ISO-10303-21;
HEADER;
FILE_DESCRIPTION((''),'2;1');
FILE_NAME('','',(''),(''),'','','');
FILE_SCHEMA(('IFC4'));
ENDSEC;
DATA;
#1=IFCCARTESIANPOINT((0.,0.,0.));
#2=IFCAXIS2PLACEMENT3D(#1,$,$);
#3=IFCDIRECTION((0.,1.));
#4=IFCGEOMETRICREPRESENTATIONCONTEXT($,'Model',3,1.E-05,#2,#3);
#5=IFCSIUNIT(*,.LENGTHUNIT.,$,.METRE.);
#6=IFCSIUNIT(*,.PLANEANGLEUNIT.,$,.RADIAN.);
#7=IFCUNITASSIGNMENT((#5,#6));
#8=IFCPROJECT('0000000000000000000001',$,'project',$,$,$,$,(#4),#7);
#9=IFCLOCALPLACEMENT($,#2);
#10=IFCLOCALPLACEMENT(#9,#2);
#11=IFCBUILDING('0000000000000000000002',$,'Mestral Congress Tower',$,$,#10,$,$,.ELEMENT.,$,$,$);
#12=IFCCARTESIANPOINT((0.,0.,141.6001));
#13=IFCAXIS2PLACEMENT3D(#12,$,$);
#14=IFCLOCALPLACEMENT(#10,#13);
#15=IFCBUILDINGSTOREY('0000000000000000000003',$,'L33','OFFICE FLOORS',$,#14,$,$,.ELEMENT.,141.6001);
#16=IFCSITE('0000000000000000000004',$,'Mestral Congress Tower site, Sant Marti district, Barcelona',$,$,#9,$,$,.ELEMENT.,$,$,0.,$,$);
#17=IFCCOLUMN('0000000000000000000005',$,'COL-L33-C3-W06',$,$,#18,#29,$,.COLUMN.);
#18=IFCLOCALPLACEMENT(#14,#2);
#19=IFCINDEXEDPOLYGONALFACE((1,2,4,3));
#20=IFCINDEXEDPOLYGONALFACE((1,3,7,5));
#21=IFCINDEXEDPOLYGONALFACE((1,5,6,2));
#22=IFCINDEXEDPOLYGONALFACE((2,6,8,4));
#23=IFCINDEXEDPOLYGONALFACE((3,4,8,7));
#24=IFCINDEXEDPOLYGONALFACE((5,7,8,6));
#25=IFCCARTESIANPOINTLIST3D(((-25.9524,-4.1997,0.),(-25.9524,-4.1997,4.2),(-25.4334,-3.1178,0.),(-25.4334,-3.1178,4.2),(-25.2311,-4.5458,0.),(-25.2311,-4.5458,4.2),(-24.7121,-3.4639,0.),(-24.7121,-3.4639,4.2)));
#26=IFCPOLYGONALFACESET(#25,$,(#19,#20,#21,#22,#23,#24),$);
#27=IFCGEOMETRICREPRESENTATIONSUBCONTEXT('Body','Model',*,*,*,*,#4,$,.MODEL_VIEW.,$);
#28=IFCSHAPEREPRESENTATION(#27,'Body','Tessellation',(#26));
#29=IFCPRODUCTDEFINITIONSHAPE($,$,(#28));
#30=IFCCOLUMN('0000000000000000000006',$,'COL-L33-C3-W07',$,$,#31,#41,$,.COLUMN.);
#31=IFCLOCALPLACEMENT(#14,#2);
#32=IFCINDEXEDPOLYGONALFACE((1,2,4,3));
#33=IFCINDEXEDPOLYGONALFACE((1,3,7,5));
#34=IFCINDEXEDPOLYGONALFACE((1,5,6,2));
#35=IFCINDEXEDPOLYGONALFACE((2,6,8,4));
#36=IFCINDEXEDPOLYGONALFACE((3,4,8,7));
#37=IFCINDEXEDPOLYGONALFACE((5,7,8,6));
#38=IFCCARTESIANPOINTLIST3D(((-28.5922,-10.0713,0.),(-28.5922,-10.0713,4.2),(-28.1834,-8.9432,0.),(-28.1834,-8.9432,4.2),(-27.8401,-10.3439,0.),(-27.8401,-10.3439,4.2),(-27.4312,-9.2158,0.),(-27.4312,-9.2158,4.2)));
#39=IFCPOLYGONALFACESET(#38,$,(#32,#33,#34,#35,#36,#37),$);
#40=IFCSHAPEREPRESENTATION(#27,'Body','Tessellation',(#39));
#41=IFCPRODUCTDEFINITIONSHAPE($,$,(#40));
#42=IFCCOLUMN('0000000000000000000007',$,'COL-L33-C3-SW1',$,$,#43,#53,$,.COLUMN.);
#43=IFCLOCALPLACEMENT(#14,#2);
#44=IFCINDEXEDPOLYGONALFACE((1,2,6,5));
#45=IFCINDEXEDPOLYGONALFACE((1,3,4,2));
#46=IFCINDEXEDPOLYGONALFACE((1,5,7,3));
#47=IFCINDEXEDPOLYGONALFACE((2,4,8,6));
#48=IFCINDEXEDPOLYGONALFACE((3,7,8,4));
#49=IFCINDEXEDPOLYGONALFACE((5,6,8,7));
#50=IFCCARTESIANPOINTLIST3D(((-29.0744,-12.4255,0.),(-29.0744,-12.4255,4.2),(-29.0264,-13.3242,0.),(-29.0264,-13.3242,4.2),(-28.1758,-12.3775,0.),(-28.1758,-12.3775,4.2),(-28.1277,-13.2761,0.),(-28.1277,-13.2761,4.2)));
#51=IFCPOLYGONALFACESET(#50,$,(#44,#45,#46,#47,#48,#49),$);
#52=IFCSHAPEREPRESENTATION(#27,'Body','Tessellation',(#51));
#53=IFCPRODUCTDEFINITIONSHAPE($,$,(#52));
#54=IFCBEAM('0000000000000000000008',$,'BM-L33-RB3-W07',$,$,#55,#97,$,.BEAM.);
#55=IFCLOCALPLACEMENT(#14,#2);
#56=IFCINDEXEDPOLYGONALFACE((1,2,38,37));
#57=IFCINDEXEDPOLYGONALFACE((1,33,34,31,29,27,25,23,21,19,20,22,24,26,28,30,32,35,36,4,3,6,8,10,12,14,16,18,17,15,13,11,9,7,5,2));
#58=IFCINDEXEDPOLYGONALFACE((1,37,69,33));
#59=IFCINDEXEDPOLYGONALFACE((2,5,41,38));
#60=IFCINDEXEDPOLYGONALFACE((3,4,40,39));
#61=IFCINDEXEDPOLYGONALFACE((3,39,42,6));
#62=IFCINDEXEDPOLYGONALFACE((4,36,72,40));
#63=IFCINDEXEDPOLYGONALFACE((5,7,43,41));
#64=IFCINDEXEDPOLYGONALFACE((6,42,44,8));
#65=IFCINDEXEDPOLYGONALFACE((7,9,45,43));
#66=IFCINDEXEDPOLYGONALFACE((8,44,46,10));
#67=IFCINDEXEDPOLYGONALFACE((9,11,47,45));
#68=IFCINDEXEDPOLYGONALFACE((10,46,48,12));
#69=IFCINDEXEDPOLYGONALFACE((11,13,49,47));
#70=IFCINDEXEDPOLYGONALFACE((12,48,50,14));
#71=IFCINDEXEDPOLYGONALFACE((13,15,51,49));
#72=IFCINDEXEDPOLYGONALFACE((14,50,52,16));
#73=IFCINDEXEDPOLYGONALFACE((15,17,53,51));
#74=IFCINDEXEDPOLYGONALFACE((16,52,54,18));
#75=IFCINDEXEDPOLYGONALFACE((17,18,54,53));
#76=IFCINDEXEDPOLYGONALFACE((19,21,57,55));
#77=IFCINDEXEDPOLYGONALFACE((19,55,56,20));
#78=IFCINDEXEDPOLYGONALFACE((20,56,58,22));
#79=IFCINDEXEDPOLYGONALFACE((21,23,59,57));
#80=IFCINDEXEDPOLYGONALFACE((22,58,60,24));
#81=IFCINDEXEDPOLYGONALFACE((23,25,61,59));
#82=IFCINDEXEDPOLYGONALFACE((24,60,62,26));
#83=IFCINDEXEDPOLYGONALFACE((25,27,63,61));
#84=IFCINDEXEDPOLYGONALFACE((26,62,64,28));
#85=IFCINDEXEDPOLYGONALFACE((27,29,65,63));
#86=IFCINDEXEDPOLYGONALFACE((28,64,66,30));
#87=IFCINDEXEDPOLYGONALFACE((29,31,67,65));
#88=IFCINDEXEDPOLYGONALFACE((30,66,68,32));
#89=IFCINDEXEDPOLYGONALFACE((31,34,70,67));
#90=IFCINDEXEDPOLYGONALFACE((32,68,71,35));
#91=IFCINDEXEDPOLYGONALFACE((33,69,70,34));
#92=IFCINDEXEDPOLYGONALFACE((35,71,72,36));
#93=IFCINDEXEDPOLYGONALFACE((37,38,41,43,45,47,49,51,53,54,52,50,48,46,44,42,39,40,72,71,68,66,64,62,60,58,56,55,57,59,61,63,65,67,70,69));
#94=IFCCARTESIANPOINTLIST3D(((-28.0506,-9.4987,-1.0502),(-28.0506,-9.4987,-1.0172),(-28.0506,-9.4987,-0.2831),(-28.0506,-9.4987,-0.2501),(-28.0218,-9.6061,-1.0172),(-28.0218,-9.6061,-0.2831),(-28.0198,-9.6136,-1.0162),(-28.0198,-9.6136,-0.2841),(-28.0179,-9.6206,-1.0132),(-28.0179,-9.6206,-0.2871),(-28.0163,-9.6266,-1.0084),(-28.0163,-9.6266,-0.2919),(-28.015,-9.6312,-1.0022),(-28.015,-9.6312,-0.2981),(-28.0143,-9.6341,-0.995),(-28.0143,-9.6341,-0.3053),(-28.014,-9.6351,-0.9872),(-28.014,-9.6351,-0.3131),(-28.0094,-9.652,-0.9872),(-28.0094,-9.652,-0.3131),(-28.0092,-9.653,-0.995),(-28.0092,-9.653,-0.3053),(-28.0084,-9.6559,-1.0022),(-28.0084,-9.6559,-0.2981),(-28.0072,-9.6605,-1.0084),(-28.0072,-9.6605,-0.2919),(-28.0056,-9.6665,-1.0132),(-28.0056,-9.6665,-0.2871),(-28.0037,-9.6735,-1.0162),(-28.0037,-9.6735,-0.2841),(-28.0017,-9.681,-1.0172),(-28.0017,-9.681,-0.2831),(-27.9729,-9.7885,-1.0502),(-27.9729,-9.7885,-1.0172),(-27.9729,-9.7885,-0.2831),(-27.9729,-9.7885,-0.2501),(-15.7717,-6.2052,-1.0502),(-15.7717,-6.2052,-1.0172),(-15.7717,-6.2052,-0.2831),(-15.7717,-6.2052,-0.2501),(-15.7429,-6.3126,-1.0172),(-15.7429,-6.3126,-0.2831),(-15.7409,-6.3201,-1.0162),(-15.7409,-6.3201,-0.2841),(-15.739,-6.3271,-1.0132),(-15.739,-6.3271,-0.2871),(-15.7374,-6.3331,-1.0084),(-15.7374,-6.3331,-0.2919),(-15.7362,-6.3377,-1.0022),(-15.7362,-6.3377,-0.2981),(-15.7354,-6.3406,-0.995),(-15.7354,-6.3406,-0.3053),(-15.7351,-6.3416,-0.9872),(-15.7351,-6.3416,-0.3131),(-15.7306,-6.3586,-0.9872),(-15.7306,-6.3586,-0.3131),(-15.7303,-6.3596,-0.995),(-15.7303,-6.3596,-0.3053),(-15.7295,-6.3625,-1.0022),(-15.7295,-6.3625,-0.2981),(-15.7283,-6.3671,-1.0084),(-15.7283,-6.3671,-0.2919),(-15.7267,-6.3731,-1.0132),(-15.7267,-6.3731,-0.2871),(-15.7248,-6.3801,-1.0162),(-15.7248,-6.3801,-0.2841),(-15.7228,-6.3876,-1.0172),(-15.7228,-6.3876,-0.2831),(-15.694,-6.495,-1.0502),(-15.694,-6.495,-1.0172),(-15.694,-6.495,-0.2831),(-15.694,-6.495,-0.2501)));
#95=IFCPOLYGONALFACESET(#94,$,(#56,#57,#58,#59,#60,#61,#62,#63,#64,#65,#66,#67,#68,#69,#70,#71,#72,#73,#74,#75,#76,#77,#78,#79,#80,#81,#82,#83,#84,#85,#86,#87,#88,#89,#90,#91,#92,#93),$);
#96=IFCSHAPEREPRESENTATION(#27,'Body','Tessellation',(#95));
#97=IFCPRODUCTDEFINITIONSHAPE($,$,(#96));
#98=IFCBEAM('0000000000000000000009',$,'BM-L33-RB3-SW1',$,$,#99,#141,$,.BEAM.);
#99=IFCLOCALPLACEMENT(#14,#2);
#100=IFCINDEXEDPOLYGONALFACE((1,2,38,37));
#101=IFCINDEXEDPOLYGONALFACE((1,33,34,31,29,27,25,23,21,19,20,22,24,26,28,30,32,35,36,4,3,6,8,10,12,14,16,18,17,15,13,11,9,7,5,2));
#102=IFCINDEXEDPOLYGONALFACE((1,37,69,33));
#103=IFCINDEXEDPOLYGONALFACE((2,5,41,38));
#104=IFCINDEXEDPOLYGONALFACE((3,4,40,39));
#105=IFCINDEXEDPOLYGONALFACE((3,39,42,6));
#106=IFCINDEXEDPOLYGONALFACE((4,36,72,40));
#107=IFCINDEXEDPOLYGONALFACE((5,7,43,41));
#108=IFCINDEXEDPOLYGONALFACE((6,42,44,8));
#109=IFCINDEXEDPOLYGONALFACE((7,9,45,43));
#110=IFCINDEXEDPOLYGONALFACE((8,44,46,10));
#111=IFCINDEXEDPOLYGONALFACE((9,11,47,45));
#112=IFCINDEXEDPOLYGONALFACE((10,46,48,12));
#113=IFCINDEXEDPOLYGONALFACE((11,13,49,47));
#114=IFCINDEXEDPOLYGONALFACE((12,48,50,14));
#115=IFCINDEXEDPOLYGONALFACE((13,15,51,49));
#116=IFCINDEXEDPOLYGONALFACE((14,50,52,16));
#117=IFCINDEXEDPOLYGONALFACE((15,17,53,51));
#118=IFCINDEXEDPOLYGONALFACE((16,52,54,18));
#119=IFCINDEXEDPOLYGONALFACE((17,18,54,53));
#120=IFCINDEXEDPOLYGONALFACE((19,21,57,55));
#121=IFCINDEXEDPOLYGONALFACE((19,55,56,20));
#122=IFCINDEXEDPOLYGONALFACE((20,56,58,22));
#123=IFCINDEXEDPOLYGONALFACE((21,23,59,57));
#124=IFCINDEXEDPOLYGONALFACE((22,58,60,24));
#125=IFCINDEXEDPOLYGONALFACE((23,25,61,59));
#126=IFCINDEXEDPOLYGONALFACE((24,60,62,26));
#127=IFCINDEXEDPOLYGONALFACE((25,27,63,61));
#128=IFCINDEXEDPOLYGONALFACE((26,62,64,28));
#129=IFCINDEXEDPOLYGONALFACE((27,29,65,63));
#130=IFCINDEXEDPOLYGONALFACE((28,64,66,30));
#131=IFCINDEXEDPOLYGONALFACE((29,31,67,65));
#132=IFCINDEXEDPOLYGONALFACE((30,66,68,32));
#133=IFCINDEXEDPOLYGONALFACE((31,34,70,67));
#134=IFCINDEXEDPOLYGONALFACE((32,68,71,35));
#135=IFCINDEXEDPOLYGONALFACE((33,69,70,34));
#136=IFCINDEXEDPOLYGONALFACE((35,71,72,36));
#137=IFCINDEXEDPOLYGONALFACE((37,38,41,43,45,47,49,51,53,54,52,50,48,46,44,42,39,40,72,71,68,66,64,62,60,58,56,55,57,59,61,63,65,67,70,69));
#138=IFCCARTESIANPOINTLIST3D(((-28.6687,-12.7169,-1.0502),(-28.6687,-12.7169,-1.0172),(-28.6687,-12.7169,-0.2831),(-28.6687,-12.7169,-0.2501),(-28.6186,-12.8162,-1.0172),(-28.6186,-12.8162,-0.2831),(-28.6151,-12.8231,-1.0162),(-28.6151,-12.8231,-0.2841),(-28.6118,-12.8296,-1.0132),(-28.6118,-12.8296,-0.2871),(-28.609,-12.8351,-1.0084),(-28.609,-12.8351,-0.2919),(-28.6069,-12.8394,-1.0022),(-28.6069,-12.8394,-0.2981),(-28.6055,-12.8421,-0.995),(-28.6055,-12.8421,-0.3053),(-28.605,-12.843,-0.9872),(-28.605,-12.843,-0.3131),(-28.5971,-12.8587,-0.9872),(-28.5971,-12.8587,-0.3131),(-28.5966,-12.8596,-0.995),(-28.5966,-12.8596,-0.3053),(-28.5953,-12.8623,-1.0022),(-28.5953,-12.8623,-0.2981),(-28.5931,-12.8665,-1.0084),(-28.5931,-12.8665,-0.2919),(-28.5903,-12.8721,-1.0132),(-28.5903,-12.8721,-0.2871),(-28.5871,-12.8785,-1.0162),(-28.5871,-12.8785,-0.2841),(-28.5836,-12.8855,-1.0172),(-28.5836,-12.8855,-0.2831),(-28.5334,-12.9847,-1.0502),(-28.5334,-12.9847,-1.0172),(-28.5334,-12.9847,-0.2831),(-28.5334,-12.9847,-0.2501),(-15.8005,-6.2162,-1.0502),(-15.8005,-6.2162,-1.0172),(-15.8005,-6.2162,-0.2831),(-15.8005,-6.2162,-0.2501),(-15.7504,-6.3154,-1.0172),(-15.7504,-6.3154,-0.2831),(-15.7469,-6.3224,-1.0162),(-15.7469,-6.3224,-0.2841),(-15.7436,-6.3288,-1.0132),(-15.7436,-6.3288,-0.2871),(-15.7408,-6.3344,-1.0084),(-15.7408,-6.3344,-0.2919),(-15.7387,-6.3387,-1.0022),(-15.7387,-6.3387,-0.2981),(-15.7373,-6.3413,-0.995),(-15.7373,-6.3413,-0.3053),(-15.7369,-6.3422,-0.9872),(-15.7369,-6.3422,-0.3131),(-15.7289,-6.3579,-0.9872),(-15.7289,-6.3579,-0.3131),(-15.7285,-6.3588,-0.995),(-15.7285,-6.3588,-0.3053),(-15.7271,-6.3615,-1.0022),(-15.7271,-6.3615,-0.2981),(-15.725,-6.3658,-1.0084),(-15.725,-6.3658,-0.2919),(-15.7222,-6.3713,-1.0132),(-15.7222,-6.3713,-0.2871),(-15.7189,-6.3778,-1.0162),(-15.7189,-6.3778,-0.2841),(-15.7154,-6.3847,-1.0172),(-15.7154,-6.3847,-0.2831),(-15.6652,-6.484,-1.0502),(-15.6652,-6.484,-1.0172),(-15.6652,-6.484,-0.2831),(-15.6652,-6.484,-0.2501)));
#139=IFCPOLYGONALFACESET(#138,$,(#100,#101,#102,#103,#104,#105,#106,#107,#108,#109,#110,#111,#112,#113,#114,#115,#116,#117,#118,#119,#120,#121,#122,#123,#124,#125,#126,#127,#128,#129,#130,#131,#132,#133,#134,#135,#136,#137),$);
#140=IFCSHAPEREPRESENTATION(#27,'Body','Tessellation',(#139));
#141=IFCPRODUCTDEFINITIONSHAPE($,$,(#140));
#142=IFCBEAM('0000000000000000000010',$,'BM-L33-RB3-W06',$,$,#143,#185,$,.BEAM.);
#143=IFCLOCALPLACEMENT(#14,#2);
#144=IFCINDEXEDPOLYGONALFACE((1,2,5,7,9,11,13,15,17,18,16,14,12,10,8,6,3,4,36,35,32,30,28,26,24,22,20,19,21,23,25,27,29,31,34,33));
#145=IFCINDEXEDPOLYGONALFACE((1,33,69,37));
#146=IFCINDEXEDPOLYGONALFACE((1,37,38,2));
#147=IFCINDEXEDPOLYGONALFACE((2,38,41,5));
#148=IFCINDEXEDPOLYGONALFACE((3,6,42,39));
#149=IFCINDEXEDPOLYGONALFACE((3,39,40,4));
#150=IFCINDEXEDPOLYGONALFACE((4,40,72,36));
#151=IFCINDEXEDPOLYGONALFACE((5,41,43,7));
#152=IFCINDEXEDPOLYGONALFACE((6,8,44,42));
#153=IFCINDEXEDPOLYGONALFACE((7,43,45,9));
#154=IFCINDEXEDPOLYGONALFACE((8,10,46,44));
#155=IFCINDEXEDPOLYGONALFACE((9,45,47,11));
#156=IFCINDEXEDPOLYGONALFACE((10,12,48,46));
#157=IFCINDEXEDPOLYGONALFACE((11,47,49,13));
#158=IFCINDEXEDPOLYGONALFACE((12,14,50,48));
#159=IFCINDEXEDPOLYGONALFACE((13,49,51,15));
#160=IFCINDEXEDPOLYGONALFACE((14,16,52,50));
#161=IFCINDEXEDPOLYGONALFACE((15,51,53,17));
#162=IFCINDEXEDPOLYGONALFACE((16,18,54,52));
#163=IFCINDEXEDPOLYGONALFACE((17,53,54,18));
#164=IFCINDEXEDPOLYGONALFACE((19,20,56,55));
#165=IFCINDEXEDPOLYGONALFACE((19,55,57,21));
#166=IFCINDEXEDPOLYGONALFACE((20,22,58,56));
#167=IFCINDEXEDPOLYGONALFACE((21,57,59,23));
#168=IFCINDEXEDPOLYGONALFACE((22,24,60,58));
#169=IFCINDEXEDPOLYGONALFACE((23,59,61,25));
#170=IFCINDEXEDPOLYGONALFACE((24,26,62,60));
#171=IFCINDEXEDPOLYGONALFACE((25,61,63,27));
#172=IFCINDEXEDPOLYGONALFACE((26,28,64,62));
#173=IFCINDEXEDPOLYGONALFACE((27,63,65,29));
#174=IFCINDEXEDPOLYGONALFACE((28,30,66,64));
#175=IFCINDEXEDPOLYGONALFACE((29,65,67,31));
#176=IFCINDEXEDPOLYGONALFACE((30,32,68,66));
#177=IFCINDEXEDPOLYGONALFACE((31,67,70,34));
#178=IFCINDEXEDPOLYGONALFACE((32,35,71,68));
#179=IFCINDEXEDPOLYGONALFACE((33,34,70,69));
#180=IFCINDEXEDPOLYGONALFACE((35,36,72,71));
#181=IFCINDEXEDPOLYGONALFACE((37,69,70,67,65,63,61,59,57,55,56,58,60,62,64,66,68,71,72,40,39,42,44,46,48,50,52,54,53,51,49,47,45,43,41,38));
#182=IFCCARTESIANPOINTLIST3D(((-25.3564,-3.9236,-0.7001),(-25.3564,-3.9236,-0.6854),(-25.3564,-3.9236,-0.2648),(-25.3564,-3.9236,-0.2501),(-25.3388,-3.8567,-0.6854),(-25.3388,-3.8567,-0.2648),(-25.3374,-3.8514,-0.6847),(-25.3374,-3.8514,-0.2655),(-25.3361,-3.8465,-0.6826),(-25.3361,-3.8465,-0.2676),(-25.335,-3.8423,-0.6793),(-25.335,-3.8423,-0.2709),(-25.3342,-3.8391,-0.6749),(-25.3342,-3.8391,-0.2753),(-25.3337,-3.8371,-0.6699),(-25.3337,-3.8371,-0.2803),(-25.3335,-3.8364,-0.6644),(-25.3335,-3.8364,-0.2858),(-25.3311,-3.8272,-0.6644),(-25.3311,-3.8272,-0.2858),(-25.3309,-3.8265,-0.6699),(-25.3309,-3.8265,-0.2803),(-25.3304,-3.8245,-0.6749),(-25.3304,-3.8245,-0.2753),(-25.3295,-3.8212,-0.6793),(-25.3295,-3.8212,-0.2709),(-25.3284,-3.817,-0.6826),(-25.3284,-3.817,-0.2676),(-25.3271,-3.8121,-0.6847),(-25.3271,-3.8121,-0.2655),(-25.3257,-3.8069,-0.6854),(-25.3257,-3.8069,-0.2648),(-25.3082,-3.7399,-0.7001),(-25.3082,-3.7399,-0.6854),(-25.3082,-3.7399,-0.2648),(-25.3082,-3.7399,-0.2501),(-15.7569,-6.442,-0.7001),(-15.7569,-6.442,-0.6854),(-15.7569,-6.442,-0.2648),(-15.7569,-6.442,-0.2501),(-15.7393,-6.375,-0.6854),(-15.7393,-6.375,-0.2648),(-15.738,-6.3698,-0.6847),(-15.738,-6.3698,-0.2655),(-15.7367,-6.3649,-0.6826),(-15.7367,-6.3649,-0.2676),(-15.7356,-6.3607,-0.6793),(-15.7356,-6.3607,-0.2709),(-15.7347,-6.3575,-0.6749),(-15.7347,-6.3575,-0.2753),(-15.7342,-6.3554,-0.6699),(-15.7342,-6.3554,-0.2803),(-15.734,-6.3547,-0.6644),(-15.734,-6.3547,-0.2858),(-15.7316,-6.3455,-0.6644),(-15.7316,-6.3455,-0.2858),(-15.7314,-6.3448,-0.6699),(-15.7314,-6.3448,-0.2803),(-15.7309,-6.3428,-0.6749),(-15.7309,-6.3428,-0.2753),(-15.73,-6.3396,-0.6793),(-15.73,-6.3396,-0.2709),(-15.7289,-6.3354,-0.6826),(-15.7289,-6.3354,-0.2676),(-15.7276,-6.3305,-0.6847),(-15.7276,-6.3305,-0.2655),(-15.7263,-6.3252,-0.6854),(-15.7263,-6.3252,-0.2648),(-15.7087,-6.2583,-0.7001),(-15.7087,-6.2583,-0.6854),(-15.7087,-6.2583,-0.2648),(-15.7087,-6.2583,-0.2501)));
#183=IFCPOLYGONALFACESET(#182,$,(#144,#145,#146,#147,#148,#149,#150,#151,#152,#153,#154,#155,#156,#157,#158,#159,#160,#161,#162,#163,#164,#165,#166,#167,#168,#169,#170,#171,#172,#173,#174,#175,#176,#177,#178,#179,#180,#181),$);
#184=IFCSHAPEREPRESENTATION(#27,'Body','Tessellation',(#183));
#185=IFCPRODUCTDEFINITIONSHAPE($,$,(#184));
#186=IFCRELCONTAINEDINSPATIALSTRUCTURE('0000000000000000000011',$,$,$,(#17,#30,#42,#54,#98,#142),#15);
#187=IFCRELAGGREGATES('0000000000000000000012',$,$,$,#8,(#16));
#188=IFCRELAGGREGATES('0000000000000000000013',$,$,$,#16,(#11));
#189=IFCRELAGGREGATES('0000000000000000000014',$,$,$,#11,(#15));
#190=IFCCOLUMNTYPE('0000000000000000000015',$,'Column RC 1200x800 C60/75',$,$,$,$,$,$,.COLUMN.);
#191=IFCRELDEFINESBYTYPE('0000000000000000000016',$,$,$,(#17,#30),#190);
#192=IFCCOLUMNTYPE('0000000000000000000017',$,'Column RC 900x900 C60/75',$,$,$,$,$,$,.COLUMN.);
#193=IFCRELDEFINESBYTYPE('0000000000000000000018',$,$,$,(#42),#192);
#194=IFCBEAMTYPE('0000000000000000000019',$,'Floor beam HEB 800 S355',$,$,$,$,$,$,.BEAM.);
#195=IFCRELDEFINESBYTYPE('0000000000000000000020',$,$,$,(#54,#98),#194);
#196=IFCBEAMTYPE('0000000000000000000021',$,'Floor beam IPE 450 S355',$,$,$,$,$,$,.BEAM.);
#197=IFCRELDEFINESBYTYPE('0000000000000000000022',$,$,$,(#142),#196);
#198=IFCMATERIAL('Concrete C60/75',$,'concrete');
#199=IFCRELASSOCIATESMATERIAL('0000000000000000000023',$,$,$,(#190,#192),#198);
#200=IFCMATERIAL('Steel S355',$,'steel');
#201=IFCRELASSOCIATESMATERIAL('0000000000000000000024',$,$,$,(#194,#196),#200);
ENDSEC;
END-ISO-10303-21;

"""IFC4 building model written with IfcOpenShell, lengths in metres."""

from ifc_helpers import new_model, si_unit, direction, frame, origin, origin_2d, place, context, subcontext, project, spatial, rectangle, i_section, extrude, material, material_profile, profile_set, type_object, element, save


model = new_model("IFC4")

# Units and contexts
model_context = context("Model", 3, precision=1e-05, world=origin(), true_north=direction((0.0, 1.0)))
body_context = subcontext(model_context, "Body", "Model", "MODEL_VIEW")
ifc_project = project(units=[si_unit("LENGTHUNIT", "METRE"), si_unit("PLANEANGLEUNIT", "RADIAN")], contexts=[model_context])

# Site, building, storey
site_placement = place(None, origin())
site = spatial("IfcSite", under=ifc_project, at=site_placement, Name="Mestral Congress Tower site, Sant Marti district, Barcelona", CompositionType="ELEMENT", RefElevation=0.0)
building_placement = place(site_placement, origin())
building = spatial("IfcBuilding", under=site, at=building_placement, Name="Mestral Congress Tower", CompositionType="ELEMENT")
storey_placement = place(building_placement, frame((0.0, 0.0, 141.6001)))
storey = spatial("IfcBuildingStorey", under=building, at=storey_placement, Name="L33", Description="OFFICE FLOORS", CompositionType="ELEMENT", Elevation=141.6001)

# Columns
ifc_material_1 = material(Name="Concrete C60/75", Category="concrete")
ifc_material_profile_1 = material_profile(ifc_material_1, rectangle(XDim=1.2, YDim=0.8, at=origin_2d()), Name="RC 1200x800")
ifc_profile_set_1 = profile_set([ifc_material_profile_1], Name="Concrete C60/75")
column_type_1 = type_object("IfcColumnType", Name="Column RC 1200x800 C60/75", PredefinedType="COLUMN", material=ifc_profile_set_1)
for number, where, z_axis, x_axis, name in (
    (1, (-25.3323, -3.8318, 0.0), (0.0, 0.0, 1.0), (-0.432522, -0.901624, 0.0), "COL-L33-C3-W06"),
    (2, (-28.0117, -9.6436, 0.0), (0.0, 0.0, 1.0), (-0.340744, -0.940156, 0.0), "COL-L33-C3-W07"),
):
    element("IfcColumn", number, at=place(storey_placement, frame(where, z_axis=z_axis, x_axis=x_axis)), inside=storey, type_object=column_type_1, Name=name, PredefinedType="COLUMN", context=body_context, shape_type="SweptSolid", body=[
        extrude(rectangle(XDim=1.2, YDim=0.8, at=origin_2d()), origin(), (0.0, 0.0, 1.0), 4.2),
    ])
ifc_material_profile_2 = material_profile(ifc_material_1, rectangle(XDim=0.8999, YDim=0.8999, at=origin_2d()), Name="RC 900x900")
ifc_profile_set_2 = profile_set([ifc_material_profile_2], Name="Concrete C60/75")
column_type_2 = type_object("IfcColumnType", Name="Column RC 900x900 C60/75", PredefinedType="COLUMN", material=ifc_profile_set_2)
column_placement = place(storey_placement, frame((-28.6011, -12.8508, 0.0), z_axis=(0.0, 0.0, 1.0), x_axis=(0.053392, -0.998574, 0.0)))
element("IfcColumn", 3, at=column_placement, inside=storey, type_object=column_type_2, Name="COL-L33-C3-SW1", PredefinedType="COLUMN", context=body_context, shape_type="SweptSolid", body=[
    extrude(rectangle(XDim=0.8999, YDim=0.8999, at=origin_2d()), origin(), (0.0, 0.0, 1.0), 4.2),
])

# Beams
ifc_material_2 = material(Name="Steel S355", Category="steel")
ifc_material_profile_3 = material_profile(ifc_material_2, i_section(OverallWidth=0.3, OverallDepth=0.8, WebThickness=0.0176, FlangeThickness=0.033, FilletRadius=0.03, at=origin_2d()), Name="HEB 800")
ifc_profile_set_3 = profile_set([ifc_material_profile_3], Name="Steel S355")
beam_type_1 = type_object("IfcBeamType", Name="Floor beam HEB 800 S355", PredefinedType="BEAM", material=ifc_profile_set_3)
beam_1_placement = place(storey_placement, frame((-28.0117, -9.6436, -0.6501), z_axis=(0.96586, 0.259066, 0.0), x_axis=(-0.259066, 0.96586, 0.0)))
element("IfcBeam", 4, at=beam_1_placement, inside=storey, type_object=beam_type_1, Name="BM-L33-RB3-W07", PredefinedType="BEAM", context=body_context, shape_type="SweptSolid", body=[
    extrude(i_section(OverallWidth=0.3, OverallDepth=0.8, WebThickness=0.0176, FlangeThickness=0.033, FilletRadius=0.03, at=origin_2d()), origin(), (0.0, 0.0, 1.0), 12.7129),
])
beam_2_placement = place(storey_placement, frame((-28.6011, -12.8508, -0.6501), z_axis=(0.89257, 0.450908, 0.0), x_axis=(-0.450908, 0.89257, 0.0)))
element("IfcBeam", 5, at=beam_2_placement, inside=storey, type_object=beam_type_1, Name="BM-L33-RB3-SW1", PredefinedType="BEAM", context=body_context, shape_type="SweptSolid", body=[
    extrude(i_section(OverallWidth=0.3, OverallDepth=0.8, WebThickness=0.0176, FlangeThickness=0.033, FilletRadius=0.03, at=origin_2d()), origin(), (0.0, 0.0, 1.0), 14.417),
])
ifc_material_profile_4 = material_profile(ifc_material_2, i_section(OverallWidth=0.1899, OverallDepth=0.45, WebThickness=0.0095, FlangeThickness=0.0146, FilletRadius=0.021, at=origin_2d()), Name="IPE 450")
ifc_profile_set_4 = profile_set([ifc_material_profile_4], Name="Steel S355")
beam_type_2 = type_object("IfcBeamType", Name="Floor beam IPE 450 S355", PredefinedType="BEAM", material=ifc_profile_set_4)
beam_3_placement = place(storey_placement, frame((-25.3323, -3.8318, -0.4751), z_axis=(0.967269, -0.253755, 0.0), x_axis=(0.253755, 0.967269, 0.0)))
element("IfcBeam", 6, at=beam_3_placement, inside=storey, type_object=beam_type_2, Name="BM-L33-RB3-W06", PredefinedType="BEAM", context=body_context, shape_type="SweptSolid", body=[
    extrude(i_section(OverallWidth=0.1899, OverallDepth=0.45, WebThickness=0.0095, FlangeThickness=0.0146, FilletRadius=0.021, at=origin_2d()), origin(), (0.0, 0.0, 1.0), 9.9243),
])

save(model, "model.ifc")
